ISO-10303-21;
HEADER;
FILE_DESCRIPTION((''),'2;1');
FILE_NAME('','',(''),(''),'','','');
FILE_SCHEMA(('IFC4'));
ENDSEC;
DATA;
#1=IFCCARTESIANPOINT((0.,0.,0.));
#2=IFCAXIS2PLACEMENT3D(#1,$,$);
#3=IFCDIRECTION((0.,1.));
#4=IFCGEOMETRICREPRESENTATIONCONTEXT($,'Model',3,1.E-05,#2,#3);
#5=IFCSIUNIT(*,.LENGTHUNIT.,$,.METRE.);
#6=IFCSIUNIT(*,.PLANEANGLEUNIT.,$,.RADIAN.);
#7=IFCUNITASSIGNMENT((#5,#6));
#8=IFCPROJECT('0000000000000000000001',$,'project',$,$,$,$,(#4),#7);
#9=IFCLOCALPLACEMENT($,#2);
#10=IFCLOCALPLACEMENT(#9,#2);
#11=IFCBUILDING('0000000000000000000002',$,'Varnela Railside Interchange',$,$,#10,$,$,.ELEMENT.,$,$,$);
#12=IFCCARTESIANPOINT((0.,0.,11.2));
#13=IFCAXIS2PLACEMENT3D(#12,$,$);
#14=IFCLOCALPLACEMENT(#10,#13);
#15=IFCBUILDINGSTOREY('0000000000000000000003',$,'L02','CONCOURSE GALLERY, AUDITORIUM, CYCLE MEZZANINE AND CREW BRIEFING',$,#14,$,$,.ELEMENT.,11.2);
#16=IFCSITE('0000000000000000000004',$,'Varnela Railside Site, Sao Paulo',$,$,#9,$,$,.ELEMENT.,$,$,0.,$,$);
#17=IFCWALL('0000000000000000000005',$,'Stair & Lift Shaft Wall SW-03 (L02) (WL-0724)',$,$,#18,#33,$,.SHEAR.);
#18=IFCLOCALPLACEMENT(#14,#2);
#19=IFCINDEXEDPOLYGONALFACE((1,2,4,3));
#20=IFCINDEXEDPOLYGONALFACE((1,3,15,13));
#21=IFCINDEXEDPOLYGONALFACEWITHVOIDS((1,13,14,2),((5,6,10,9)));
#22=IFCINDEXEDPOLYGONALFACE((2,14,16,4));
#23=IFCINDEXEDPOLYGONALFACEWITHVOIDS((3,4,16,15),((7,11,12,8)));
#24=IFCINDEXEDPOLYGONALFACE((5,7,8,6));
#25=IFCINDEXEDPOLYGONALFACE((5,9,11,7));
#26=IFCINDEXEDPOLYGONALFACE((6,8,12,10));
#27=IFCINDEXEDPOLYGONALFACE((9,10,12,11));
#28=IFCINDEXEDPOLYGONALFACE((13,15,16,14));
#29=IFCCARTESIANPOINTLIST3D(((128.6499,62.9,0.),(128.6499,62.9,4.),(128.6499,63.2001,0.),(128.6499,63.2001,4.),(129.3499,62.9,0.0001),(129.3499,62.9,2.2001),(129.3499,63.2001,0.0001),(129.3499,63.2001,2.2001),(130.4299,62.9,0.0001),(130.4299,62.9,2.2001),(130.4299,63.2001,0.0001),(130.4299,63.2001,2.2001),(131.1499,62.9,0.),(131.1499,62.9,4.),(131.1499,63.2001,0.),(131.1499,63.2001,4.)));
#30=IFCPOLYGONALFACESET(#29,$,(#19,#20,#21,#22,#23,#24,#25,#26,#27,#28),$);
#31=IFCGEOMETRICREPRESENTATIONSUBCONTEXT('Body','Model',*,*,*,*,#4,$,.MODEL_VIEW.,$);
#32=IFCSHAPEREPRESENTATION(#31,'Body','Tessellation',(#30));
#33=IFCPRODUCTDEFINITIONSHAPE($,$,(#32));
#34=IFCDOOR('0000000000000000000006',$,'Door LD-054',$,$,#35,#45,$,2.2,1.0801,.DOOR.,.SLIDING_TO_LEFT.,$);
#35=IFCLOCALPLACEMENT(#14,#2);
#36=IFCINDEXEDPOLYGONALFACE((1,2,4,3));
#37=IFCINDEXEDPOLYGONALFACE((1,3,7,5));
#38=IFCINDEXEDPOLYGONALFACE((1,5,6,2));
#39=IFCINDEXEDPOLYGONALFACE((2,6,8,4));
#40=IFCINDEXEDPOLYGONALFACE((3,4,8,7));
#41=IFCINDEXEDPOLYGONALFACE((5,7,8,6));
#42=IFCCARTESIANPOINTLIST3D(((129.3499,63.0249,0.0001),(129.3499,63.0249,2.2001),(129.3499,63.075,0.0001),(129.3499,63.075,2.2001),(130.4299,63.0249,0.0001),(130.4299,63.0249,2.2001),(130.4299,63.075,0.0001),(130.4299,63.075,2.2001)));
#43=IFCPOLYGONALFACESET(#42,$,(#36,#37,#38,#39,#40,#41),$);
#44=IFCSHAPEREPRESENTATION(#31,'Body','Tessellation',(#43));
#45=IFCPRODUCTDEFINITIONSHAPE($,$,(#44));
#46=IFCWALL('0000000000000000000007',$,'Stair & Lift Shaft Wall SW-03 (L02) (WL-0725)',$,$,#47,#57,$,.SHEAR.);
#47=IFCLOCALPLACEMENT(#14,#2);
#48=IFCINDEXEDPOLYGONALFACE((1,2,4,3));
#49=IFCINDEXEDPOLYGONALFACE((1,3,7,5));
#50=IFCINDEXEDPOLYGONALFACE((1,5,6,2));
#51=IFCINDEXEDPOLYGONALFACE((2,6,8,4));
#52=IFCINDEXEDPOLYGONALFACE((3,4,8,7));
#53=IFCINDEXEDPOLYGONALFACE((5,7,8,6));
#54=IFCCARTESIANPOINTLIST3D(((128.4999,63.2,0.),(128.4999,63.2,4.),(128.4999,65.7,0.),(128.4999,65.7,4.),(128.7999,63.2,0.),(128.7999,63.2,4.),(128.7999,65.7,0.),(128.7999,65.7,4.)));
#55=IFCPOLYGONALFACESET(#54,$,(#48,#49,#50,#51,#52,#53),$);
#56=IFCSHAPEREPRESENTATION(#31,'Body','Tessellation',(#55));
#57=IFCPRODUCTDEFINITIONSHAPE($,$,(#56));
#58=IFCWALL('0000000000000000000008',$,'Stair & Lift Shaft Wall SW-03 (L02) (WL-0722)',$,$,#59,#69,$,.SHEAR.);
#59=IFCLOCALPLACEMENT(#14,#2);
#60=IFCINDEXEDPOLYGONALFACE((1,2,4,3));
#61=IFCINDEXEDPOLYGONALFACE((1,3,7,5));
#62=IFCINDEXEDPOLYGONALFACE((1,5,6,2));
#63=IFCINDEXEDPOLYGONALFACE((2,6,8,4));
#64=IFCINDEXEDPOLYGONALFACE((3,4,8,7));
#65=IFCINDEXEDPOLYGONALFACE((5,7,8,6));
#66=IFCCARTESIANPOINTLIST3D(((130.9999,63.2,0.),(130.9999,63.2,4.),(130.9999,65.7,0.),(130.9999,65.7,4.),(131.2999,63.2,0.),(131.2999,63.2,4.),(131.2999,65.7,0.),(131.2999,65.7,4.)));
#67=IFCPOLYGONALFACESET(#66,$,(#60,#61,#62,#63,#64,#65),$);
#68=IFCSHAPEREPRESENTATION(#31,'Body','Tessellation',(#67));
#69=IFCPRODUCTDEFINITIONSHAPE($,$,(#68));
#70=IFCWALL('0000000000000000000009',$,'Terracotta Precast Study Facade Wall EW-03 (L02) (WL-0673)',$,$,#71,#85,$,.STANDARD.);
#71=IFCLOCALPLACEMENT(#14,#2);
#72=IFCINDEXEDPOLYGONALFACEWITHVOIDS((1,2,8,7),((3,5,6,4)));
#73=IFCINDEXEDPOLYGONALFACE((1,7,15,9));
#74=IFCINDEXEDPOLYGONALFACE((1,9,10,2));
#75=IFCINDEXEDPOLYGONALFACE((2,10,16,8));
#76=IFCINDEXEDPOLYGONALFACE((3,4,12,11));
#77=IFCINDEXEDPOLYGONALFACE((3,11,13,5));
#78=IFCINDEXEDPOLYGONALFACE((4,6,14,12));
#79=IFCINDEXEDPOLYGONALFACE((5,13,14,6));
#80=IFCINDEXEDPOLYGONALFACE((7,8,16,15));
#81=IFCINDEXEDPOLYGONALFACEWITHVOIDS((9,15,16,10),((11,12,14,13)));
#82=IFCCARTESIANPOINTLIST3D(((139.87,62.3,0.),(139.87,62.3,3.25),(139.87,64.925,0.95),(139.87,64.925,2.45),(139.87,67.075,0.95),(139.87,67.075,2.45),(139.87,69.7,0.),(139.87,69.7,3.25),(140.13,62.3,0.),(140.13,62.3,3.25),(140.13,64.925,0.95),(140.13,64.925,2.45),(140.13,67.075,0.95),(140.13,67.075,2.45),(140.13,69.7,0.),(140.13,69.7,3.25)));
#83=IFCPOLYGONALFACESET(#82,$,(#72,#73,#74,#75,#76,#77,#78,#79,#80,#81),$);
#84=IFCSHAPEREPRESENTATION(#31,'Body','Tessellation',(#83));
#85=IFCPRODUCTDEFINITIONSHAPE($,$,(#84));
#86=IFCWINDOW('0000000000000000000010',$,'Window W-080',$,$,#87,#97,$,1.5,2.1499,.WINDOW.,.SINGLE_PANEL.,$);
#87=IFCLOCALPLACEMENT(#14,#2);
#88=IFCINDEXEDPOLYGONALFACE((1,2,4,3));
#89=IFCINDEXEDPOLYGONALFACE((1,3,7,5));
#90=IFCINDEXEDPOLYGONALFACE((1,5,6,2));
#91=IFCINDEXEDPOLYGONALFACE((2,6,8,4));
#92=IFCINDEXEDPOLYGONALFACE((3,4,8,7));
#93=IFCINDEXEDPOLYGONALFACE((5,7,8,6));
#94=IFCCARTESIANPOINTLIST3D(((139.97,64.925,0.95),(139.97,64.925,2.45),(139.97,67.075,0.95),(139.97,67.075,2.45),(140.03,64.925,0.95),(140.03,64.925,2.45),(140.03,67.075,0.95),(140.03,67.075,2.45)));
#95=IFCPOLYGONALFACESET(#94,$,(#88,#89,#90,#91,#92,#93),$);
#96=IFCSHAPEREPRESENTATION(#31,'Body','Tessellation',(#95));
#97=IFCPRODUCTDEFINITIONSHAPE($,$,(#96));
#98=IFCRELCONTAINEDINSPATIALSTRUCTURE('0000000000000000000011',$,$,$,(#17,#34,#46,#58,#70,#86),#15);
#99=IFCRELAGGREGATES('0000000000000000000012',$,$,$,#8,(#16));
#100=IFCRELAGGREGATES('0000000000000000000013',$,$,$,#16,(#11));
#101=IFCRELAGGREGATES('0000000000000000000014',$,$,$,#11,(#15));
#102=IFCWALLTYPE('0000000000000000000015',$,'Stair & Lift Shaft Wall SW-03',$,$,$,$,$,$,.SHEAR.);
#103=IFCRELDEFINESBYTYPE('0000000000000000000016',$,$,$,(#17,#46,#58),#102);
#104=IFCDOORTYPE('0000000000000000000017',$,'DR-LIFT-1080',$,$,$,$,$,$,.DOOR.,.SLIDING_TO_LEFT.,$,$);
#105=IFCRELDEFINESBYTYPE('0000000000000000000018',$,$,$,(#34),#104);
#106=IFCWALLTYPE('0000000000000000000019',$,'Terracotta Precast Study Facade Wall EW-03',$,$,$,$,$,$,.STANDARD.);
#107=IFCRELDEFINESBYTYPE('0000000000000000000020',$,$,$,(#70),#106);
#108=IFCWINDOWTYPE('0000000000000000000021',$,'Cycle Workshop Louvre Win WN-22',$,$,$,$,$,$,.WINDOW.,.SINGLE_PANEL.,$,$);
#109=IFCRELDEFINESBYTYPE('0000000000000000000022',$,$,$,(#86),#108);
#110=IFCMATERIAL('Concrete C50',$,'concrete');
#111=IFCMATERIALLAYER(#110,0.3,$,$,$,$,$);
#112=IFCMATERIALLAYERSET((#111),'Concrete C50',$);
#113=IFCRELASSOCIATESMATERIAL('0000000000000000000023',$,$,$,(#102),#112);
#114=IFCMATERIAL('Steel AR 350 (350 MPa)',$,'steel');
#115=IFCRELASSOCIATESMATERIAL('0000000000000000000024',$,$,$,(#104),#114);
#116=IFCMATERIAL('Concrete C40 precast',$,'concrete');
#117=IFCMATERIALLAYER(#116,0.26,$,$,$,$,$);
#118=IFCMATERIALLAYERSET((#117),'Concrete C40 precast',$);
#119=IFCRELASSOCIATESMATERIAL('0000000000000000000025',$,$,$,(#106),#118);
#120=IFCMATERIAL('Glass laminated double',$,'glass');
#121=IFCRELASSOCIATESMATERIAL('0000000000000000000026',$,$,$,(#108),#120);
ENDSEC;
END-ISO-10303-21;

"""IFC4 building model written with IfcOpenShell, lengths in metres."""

from ifc_helpers import new_model, si_unit, direction, frame, frame_2d, origin, place, context, subcontext, project, spatial, rectangle, extrude, material, layer, layer_set, type_object, element, fill, save


model = new_model("IFC4")

# Units and contexts
model_context = context("Model", 3, precision=1e-05, world=origin(), true_north=direction((0.0, 1.0)))
body_context = subcontext(model_context, "Body", "Model", "MODEL_VIEW")
ifc_project = project(units=[si_unit("LENGTHUNIT", "METRE"), si_unit("PLANEANGLEUNIT", "RADIAN")], contexts=[model_context])

# Site, building, storey
site_placement = place(None, origin())
site = spatial("IfcSite", under=ifc_project, at=site_placement, Name="Varnela Railside Site, Sao Paulo", CompositionType="ELEMENT", RefElevation=0.0)
building_placement = place(site_placement, origin())
building = spatial("IfcBuilding", under=site, at=building_placement, Name="Varnela Railside Interchange", CompositionType="ELEMENT")
storey_placement = place(building_placement, frame((0.0, 0.0, 11.2)))
storey = spatial("IfcBuildingStorey", under=building, at=storey_placement, Name="L02", Description="CONCOURSE GALLERY, AUDITORIUM, CYCLE MEZZANINE AND CREW BRIEFING", CompositionType="ELEMENT", Elevation=11.2)

# Shared definitions
ifc_material_1 = material(Name="Concrete C50", Category="concrete")
ifc_material_2 = material(Name="Steel AR 350 (350 MPa)", Category="steel")

# Shared definitions
ifc_material_3 = material(Name="Concrete C40 precast", Category="concrete")

# Shared definitions
ifc_material_4 = material(Name="Glass laminated double", Category="glass")

# Shared definitions
ifc_layer_1 = layer(ifc_material_1, 0.3)
ifc_layer_set_1 = layer_set([ifc_layer_1], Name="Concrete C50")
wall_type_1 = type_object("IfcWallType", Name="Stair & Lift Shaft Wall SW-03", PredefinedType="SHEAR", material=ifc_layer_set_1)

# Wall, opening, door
wall_1_placement = place(storey_placement, frame((128.6499, 63.05, 0.0), z_axis=(0.0, 0.0, 1.0), x_axis=(1.0, 0.0, 0.0)))
wall_1 = element("IfcWall", 1, at=wall_1_placement, inside=storey, type_object=wall_type_1, Name="Stair & Lift Shaft Wall SW-03 (L02) (WL-0724)", PredefinedType="SHEAR", context=body_context, shape_type="SweptSolid", body=[
    extrude(rectangle(XDim=2.5, YDim=0.3, at=frame_2d((1.25, 0.0))), origin(), (0.0, 0.0, 1.0), 4.0),
])
opening_1_placement = place(wall_1_placement, frame((0.7, 0.0, 0.0)))
opening_1 = element("IfcOpeningElement", 2, at=opening_1_placement, cuts=wall_1, PredefinedType="OPENING", context=body_context, shape_type="SweptSolid", body=[
    extrude(rectangle(XDim=1.0801, YDim=2.2, at=frame_2d((0.54, 1.1001))), frame((0.0, 0.1599, 0.0), z_axis=(0.0, -1.0, 0.0), x_axis=(1.0, 0.0, 0.0)), (0.0, 0.0, 1.0), 0.3201),
])
door_type = type_object("IfcDoorType", Name="DR-LIFT-1080", OperationType="SLIDING_TO_LEFT", PredefinedType="DOOR", material=ifc_material_2)
door_placement = place(opening_1_placement, origin())
door = element("IfcDoor", 3, at=door_placement, inside=storey, type_object=door_type, Name="Door LD-054", OperationType="SLIDING_TO_LEFT", OverallHeight=2.2, OverallWidth=1.0801, PredefinedType="DOOR", context=body_context, shape_type="SweptSolid", body=[
    extrude(rectangle(XDim=1.0801, YDim=2.2, at=frame_2d((0.54, 1.1001))), frame((0.0, 0.0249, 0.0), z_axis=(0.0, -1.0, 0.0), x_axis=(1.0, 0.0, 0.0)), (0.0, 0.0, 1.0), 0.05),
])
fill(opening_1, door)

# Walls
for number, where, z_axis, x_axis, name in (
    (4, (128.6499, 63.2, 0.0), (0.0, 0.0, 1.0), (0.0, 1.0, 0.0), "Stair & Lift Shaft Wall SW-03 (L02) (WL-0725)"),
    (5, (131.1499, 63.2, 0.0), (0.0, 0.0, 1.0), (0.0, 1.0, 0.0), "Stair & Lift Shaft Wall SW-03 (L02) (WL-0722)"),
):
    element("IfcWall", number, at=place(storey_placement, frame(where, z_axis=z_axis, x_axis=x_axis)), inside=storey, type_object=wall_type_1, Name=name, PredefinedType="SHEAR", context=body_context, shape_type="SweptSolid", body=[
        extrude(rectangle(XDim=2.5, YDim=0.3, at=frame_2d((1.25, 0.0))), origin(), (0.0, 0.0, 1.0), 4.0),
    ])

# Wall, opening, window
ifc_layer_2 = layer(ifc_material_3, 0.26)
ifc_layer_set_2 = layer_set([ifc_layer_2], Name="Concrete C40 precast")
wall_type_2 = type_object("IfcWallType", Name="Terracotta Precast Study Facade Wall EW-03", PredefinedType="STANDARD", material=ifc_layer_set_2)
wall_2_placement = place(storey_placement, frame((140.0, 69.7, 0.0), z_axis=(0.0, 0.0, 1.0), x_axis=(0.0, -1.0, 0.0)))
wall_2 = element("IfcWall", 6, at=wall_2_placement, inside=storey, type_object=wall_type_2, Name="Terracotta Precast Study Facade Wall EW-03 (L02) (WL-0673)", PredefinedType="STANDARD", context=body_context, shape_type="SweptSolid", body=[
    extrude(rectangle(XDim=7.3999, YDim=0.26, at=frame_2d((3.7, 0.0))), origin(), (0.0, 0.0, 1.0), 3.25),
])
opening_2_placement = place(wall_2_placement, frame((2.625, 0.0, 0.95)))
opening_2 = element("IfcOpeningElement", 7, at=opening_2_placement, cuts=wall_2, PredefinedType="OPENING", context=body_context, shape_type="SweptSolid", body=[
    extrude(rectangle(XDim=2.1499, YDim=1.5, at=frame_2d((1.075, 0.75))), frame((0.0, 0.1399, 0.0), z_axis=(0.0, -1.0, 0.0), x_axis=(1.0, 0.0, 0.0)), (0.0, 0.0, 1.0), 0.28),
])
window_type = type_object("IfcWindowType", Name="Cycle Workshop Louvre Win WN-22", PartitioningType="SINGLE_PANEL", PredefinedType="WINDOW", material=ifc_material_4)
window_placement = place(opening_2_placement, origin())
window = element("IfcWindow", 8, at=window_placement, inside=storey, type_object=window_type, Name="Window W-080", OverallHeight=1.5, OverallWidth=2.1499, PartitioningType="SINGLE_PANEL", PredefinedType="WINDOW", context=body_context, shape_type="SweptSolid", body=[
    extrude(rectangle(XDim=2.1499, YDim=1.5, at=frame_2d((1.075, 0.75))), frame((0.0, 0.03, 0.0), z_axis=(0.0, -1.0, 0.0), x_axis=(1.0, 0.0, 0.0)), (0.0, 0.0, 1.0), 0.0601),
])
fill(opening_2, window)

save(model, "model.ifc")
